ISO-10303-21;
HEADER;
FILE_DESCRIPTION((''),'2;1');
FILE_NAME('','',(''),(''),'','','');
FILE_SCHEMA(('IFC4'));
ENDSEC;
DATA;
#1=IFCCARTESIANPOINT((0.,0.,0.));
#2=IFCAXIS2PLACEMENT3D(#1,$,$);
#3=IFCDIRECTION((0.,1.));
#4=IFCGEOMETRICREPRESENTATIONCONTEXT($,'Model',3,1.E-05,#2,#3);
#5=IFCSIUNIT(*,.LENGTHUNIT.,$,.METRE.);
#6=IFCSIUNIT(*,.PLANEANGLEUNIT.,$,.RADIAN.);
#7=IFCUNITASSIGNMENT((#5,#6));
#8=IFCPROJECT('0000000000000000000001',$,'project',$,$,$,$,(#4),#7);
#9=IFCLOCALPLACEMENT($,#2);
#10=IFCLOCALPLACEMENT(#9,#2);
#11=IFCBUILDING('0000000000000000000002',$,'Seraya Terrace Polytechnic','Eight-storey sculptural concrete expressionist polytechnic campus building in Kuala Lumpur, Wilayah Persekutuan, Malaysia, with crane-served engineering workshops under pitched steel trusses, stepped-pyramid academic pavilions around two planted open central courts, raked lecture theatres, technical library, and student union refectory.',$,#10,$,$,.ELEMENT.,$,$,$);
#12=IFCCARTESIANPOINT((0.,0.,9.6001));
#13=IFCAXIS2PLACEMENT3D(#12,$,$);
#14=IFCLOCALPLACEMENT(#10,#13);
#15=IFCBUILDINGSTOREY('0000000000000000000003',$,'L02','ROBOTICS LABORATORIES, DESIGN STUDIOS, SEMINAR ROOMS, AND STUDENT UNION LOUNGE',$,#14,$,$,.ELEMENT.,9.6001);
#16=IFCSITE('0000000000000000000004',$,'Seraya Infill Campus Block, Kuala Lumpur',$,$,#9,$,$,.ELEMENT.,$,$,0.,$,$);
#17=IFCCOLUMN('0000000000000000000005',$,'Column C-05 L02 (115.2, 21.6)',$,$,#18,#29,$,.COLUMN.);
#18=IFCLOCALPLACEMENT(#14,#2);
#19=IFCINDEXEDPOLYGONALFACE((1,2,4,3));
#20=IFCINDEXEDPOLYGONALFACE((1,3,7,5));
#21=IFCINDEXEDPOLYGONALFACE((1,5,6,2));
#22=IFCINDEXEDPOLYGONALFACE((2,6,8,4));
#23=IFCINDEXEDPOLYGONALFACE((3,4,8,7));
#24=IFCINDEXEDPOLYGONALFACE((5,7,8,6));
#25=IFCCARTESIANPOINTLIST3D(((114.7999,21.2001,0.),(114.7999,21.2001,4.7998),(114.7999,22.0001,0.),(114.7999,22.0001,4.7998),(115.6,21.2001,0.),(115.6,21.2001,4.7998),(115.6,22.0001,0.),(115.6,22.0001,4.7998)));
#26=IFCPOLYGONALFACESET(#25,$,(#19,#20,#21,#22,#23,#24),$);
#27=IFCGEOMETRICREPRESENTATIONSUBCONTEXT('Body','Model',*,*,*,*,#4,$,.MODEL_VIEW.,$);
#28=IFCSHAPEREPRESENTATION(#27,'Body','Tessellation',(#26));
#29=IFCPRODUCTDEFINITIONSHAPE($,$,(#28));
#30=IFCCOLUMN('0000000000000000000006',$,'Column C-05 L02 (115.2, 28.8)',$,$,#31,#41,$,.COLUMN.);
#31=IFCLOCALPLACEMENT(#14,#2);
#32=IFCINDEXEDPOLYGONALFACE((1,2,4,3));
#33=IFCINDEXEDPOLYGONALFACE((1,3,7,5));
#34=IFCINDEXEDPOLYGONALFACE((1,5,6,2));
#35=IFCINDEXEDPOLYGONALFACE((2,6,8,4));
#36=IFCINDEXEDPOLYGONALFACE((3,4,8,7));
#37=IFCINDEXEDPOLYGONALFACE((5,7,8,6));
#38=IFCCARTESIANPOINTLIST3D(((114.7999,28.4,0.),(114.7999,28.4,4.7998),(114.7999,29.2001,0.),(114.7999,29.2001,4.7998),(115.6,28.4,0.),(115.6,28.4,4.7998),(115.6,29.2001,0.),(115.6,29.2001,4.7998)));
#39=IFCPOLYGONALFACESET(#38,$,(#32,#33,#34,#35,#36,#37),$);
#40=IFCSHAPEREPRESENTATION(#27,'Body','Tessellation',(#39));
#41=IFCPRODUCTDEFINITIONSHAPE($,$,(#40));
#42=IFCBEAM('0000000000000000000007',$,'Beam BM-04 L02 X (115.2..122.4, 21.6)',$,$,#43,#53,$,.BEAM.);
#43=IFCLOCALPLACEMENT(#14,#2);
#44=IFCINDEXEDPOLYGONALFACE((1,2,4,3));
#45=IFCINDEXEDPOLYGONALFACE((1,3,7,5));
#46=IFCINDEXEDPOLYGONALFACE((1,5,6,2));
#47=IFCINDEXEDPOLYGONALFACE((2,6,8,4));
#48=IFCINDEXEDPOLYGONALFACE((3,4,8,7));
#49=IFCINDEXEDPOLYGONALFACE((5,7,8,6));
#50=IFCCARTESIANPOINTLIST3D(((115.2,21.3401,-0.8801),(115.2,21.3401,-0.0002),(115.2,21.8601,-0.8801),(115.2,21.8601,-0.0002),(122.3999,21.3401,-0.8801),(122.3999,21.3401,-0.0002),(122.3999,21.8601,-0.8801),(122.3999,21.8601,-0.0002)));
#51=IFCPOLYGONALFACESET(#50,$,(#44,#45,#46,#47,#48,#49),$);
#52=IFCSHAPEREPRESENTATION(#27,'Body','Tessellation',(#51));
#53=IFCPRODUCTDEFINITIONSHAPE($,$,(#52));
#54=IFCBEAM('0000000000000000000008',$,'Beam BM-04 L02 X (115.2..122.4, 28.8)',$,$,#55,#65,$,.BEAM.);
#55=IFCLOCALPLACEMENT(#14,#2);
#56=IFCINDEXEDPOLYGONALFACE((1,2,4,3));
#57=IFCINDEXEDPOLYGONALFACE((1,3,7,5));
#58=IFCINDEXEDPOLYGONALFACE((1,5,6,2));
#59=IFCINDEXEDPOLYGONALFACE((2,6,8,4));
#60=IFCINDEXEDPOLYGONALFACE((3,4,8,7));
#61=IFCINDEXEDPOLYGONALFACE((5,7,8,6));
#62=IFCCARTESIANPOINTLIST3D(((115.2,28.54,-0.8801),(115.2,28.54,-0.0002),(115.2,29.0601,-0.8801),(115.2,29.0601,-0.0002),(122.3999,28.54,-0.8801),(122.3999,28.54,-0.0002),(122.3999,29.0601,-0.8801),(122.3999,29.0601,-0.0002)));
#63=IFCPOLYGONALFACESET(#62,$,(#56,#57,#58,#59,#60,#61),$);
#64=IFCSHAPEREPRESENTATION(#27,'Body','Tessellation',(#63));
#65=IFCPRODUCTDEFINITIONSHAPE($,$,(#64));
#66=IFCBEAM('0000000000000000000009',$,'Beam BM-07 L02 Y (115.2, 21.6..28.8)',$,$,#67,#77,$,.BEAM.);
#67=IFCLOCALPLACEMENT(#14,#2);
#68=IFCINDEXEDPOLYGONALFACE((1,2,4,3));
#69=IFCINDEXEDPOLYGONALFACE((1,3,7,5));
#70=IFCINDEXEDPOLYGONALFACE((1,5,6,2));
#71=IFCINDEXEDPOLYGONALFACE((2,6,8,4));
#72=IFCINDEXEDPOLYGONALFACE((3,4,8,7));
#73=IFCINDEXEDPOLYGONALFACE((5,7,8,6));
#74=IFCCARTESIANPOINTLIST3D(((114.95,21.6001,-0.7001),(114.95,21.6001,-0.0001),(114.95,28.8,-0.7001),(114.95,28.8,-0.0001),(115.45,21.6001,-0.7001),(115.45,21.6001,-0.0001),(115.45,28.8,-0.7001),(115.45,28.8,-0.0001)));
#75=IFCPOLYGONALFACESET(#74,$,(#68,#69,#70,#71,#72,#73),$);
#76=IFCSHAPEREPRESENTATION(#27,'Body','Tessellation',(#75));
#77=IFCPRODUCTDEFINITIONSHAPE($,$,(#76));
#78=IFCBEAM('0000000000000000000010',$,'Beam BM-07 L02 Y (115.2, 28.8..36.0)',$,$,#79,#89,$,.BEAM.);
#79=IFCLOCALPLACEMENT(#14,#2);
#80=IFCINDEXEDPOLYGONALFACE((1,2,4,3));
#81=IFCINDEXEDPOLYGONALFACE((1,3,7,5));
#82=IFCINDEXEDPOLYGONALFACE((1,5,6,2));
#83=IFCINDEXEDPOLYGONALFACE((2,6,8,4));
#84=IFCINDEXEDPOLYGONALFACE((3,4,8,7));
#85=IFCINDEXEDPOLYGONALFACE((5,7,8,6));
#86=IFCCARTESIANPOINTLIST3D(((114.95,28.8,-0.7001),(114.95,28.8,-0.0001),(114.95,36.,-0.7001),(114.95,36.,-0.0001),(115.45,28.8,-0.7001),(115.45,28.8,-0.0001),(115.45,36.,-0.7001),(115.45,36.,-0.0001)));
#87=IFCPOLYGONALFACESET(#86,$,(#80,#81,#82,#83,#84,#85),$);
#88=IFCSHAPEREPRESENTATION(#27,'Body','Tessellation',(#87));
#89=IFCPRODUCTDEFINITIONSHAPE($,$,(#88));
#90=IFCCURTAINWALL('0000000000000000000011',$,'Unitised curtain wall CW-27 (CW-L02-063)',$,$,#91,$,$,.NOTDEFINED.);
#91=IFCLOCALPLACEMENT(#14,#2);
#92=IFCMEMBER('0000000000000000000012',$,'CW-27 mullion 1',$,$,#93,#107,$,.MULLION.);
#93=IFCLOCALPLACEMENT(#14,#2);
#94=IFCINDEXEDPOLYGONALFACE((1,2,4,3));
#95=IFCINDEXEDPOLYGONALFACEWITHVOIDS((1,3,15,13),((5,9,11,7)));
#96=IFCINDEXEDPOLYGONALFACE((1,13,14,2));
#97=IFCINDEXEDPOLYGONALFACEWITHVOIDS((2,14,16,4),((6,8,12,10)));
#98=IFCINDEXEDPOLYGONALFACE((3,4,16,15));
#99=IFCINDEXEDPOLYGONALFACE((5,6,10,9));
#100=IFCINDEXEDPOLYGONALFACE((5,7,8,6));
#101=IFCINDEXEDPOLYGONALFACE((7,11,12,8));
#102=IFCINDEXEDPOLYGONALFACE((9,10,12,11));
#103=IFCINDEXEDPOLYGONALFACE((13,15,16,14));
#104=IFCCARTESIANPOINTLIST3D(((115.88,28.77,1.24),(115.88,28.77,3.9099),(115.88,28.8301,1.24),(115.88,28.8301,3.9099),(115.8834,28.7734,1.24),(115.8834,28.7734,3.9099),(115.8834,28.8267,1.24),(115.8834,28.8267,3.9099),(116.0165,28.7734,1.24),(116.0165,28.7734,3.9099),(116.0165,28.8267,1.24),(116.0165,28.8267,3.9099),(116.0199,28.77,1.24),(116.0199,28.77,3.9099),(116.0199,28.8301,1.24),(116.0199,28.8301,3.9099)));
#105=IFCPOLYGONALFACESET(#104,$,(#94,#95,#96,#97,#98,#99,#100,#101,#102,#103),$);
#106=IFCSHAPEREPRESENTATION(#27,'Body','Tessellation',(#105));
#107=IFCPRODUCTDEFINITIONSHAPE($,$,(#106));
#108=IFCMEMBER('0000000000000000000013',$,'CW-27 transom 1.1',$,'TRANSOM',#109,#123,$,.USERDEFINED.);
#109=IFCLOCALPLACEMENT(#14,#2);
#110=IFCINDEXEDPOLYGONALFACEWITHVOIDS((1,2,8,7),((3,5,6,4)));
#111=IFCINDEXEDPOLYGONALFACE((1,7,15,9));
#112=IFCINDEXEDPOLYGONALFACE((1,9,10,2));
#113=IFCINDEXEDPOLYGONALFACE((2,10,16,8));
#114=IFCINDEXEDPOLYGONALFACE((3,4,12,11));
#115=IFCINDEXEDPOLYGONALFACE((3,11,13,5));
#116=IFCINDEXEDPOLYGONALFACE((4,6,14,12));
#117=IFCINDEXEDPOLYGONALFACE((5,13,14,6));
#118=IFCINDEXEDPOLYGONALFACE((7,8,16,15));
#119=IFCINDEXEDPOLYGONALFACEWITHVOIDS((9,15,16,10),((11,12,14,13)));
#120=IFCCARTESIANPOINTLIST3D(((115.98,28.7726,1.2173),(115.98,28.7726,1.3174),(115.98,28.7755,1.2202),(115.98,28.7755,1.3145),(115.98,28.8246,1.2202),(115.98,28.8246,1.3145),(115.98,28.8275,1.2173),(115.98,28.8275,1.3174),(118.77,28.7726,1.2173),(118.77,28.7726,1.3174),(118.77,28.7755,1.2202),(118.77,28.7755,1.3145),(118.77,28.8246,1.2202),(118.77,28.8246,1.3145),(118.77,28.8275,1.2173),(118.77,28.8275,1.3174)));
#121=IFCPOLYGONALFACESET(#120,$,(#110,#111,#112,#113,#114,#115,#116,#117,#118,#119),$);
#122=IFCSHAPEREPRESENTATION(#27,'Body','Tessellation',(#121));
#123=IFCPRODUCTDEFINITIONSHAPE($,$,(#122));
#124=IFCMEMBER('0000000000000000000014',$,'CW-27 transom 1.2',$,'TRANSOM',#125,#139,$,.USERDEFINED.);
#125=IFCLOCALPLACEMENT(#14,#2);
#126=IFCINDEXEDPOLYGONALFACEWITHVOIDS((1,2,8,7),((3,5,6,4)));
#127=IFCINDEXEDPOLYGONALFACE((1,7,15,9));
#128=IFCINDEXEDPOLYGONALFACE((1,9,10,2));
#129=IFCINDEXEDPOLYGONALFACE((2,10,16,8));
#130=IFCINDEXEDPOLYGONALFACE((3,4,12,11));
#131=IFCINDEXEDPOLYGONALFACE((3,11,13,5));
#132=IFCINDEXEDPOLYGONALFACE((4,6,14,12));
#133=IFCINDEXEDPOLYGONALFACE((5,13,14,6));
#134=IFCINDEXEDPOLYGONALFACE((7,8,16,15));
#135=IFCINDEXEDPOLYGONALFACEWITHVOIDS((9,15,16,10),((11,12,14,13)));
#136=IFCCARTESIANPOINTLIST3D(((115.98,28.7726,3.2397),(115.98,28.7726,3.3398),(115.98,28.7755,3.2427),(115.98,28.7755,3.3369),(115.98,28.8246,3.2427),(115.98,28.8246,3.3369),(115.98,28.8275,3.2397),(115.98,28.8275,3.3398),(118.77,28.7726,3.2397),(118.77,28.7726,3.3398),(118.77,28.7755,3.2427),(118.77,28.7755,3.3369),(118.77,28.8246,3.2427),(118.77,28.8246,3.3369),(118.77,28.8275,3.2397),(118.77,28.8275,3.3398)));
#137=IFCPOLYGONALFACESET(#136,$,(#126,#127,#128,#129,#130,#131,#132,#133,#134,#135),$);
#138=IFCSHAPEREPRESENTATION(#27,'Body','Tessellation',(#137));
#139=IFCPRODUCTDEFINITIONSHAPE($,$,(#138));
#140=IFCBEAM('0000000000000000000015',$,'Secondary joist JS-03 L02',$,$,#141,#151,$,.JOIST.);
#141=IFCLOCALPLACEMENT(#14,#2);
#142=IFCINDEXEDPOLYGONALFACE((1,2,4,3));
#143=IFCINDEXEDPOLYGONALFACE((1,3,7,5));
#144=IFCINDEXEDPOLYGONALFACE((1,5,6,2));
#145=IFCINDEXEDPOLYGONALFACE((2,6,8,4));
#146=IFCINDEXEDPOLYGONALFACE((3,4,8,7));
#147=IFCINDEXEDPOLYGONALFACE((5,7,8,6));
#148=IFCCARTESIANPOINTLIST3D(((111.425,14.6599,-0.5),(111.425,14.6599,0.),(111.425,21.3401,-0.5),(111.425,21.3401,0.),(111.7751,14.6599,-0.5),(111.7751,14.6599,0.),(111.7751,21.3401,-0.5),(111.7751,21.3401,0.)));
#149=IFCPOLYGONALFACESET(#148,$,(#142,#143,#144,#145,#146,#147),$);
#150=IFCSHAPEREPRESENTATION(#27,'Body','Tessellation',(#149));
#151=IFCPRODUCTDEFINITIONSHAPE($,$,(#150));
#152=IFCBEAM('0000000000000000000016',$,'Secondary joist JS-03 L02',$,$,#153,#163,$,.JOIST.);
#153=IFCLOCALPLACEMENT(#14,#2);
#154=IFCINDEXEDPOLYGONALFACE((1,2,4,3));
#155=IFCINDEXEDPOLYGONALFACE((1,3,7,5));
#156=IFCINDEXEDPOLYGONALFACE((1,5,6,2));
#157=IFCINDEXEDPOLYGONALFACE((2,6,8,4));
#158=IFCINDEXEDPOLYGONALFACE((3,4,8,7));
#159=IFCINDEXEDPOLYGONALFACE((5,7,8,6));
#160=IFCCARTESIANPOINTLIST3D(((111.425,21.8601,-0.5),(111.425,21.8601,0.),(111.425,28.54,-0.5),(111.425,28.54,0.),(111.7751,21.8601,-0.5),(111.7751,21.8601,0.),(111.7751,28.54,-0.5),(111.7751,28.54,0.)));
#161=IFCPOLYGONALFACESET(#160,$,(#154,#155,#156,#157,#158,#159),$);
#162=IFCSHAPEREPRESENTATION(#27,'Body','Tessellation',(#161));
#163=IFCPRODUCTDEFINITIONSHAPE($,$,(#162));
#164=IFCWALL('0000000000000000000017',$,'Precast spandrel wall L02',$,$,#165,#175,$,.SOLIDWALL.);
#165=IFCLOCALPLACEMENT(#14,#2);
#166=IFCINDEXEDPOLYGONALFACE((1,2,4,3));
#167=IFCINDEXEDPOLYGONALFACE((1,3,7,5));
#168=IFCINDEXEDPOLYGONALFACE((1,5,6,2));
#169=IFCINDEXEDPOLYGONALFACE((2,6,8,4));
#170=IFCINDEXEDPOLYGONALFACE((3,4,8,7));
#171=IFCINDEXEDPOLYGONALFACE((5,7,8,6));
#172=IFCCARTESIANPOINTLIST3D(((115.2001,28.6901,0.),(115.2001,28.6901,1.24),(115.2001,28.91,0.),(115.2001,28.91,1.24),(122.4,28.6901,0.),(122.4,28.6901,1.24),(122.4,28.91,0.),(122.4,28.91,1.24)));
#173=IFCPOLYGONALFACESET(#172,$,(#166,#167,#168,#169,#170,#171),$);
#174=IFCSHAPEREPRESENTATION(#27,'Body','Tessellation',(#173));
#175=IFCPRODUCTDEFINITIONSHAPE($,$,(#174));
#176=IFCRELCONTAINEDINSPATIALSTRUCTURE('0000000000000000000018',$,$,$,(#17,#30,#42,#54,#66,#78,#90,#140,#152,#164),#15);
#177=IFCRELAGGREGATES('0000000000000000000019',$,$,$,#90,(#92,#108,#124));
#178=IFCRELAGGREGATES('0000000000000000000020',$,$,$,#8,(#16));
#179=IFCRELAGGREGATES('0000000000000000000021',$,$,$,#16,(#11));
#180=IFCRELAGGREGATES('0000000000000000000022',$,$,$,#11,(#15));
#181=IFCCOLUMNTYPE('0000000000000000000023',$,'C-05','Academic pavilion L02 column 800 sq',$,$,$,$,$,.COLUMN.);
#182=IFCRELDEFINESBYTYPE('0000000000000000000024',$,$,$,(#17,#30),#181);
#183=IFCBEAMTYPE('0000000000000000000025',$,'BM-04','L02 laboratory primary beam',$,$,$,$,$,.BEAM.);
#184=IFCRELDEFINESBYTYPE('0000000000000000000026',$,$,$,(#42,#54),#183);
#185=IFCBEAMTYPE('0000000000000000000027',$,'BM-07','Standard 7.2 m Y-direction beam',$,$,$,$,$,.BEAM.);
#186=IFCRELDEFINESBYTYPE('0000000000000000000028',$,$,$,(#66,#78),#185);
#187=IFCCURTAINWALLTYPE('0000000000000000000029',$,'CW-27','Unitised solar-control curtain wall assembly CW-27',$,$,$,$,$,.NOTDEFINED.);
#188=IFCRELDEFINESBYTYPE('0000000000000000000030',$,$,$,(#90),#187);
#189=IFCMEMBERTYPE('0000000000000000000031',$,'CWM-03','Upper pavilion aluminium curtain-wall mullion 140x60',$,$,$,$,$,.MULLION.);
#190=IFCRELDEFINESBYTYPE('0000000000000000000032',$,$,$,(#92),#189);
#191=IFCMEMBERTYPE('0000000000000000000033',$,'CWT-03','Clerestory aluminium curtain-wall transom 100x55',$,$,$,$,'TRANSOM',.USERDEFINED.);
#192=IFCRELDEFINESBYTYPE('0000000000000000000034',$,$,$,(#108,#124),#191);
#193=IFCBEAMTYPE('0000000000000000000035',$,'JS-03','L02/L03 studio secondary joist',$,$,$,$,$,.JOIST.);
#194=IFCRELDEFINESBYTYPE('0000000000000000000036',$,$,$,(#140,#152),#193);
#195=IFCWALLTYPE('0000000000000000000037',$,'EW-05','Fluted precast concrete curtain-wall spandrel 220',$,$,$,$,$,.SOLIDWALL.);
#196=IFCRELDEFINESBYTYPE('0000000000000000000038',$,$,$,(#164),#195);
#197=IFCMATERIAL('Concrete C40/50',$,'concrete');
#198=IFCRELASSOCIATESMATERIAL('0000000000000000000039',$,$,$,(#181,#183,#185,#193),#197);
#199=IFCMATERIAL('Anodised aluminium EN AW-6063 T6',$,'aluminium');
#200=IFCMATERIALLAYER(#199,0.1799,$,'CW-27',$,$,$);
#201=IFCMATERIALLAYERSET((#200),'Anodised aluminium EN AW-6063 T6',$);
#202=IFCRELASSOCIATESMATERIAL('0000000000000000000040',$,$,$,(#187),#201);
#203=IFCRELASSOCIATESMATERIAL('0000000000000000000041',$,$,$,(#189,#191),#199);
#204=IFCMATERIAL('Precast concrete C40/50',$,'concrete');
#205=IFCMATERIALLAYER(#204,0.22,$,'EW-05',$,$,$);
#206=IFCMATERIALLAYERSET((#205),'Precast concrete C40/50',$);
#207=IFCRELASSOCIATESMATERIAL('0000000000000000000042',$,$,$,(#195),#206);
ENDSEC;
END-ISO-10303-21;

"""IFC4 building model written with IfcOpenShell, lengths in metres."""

from ifc_helpers import new_model, si_unit, direction, frame, frame_2d, origin, origin_2d, place, context, subcontext, project, spatial, rectangle, hollow_rectangle, extrude, material, layer, layer_set, material_profile, profile_set, type_object, element, aggregate, save


model = new_model("IFC4")

# Units and contexts
model_context = context("Model", 3, precision=1e-05, world=origin(), true_north=direction((0.0, 1.0)))
body_context = subcontext(model_context, "Body", "Model", "MODEL_VIEW")
ifc_project = project(units=[si_unit("LENGTHUNIT", "METRE"), si_unit("PLANEANGLEUNIT", "RADIAN")], contexts=[model_context])

# Site, building, storey
site_placement = place(None, origin())
site = spatial("IfcSite", under=ifc_project, at=site_placement, Name="Seraya Infill Campus Block, Kuala Lumpur", CompositionType="ELEMENT", RefElevation=0.0)
building_placement = place(site_placement, origin())
building = spatial("IfcBuilding", under=site, at=building_placement, Name="Seraya Terrace Polytechnic", Description="Eight-storey sculptural concrete expressionist polytechnic campus building in Kuala Lumpur, Wilayah Persekutuan, Malaysia, with crane-served engineering workshops under pitched steel trusses, stepped-pyramid academic pavilions around two planted open central courts, raked lecture theatres, technical library, and student union refectory.", CompositionType="ELEMENT")
storey_placement = place(building_placement, frame((0.0, 0.0, 9.6001)))
storey = spatial("IfcBuildingStorey", under=building, at=storey_placement, Name="L02", Description="ROBOTICS LABORATORIES, DESIGN STUDIOS, SEMINAR ROOMS, AND STUDENT UNION LOUNGE", CompositionType="ELEMENT", Elevation=9.6001)

# Columns
ifc_material_1 = material(Name="Concrete C40/50", Category="concrete")
ifc_material_profile_1 = material_profile(ifc_material_1, rectangle(XDim=0.8, YDim=0.8, at=origin_2d()), Name="RC 800x800")
ifc_profile_set_1 = profile_set([ifc_material_profile_1], Name="Concrete C40/50")
column_type = type_object("IfcColumnType", Name="C-05", Description="Academic pavilion L02 column 800 sq", PredefinedType="COLUMN", material=ifc_profile_set_1)
for number, where, z_axis, x_axis, name in (
    (1, (115.2, 21.6001, 0.0), (0.0, 0.0, 1.0), (1.0, 0.0, 0.0), "Column C-05 L02 (115.2, 21.6)"),
    (2, (115.2, 28.8, 0.0), (0.0, 0.0, 1.0), (1.0, 0.0, 0.0), "Column C-05 L02 (115.2, 28.8)"),
):
    element("IfcColumn", number, at=place(storey_placement, frame(where, z_axis=z_axis, x_axis=x_axis)), inside=storey, type_object=column_type, Name=name, PredefinedType="COLUMN", context=body_context, shape_type="SweptSolid", body=[
        extrude(rectangle(XDim=0.8, YDim=0.8, at=origin_2d()), origin(), (0.0, 0.0, 1.0), 4.7998),
    ])

# Beams
ifc_material_profile_2 = material_profile(ifc_material_1, rectangle(XDim=0.52, YDim=0.8799, at=origin_2d()), Name="RC 520x880")
ifc_profile_set_2 = profile_set([ifc_material_profile_2], Name="Concrete C40/50")
beam_type_1 = type_object("IfcBeamType", Name="BM-04", Description="L02 laboratory primary beam", PredefinedType="BEAM", material=ifc_profile_set_2)
for number, where, z_axis, x_axis, name in (
    (3, (115.2, 21.6001, -0.4402), (1.0, 0.0, 0.0), (0.0, 1.0, 0.0), "Beam BM-04 L02 X (115.2..122.4, 21.6)"),
    (4, (115.2, 28.8, -0.4402), (1.0, 0.0, 0.0), (0.0, 1.0, 0.0), "Beam BM-04 L02 X (115.2..122.4, 28.8)"),
):
    element("IfcBeam", number, at=place(storey_placement, frame(where, z_axis=z_axis, x_axis=x_axis)), inside=storey, type_object=beam_type_1, Name=name, PredefinedType="BEAM", context=body_context, shape_type="SweptSolid", body=[
        extrude(rectangle(XDim=0.52, YDim=0.8799, at=origin_2d()), origin(), (0.0, 0.0, 1.0), 7.2),
    ])
ifc_material_profile_3 = material_profile(ifc_material_1, rectangle(XDim=0.5, YDim=0.7, at=origin_2d()), Name="RC 500x700")
ifc_profile_set_3 = profile_set([ifc_material_profile_3], Name="Concrete C40/50")
beam_type_2 = type_object("IfcBeamType", Name="BM-07", Description="Standard 7.2 m Y-direction beam", PredefinedType="BEAM", material=ifc_profile_set_3)
for number, where, z_axis, x_axis, name in (
    (5, (115.2, 21.6001, -0.3501), (0.0, 1.0, 0.0), (-1.0, 0.0, 0.0), "Beam BM-07 L02 Y (115.2, 21.6..28.8)"),
    (6, (115.2, 28.8, -0.3501), (0.0, 1.0, 0.0), (-1.0, 0.0, 0.0), "Beam BM-07 L02 Y (115.2, 28.8..36.0)"),
):
    element("IfcBeam", number, at=place(storey_placement, frame(where, z_axis=z_axis, x_axis=x_axis)), inside=storey, type_object=beam_type_2, Name=name, PredefinedType="BEAM", context=body_context, shape_type="SweptSolid", body=[
        extrude(rectangle(XDim=0.5, YDim=0.7, at=origin_2d()), origin(), (0.0, 0.0, 1.0), 7.2),
    ])

# Curtain wall, members
ifc_material_2 = material(Name="Anodised aluminium EN AW-6063 T6", Category="aluminium")
ifc_layer_1 = layer(ifc_material_2, 0.1799, Name="CW-27")
ifc_layer_set_1 = layer_set([ifc_layer_1], Name="Anodised aluminium EN AW-6063 T6")
curtain_wall_type = type_object("IfcCurtainWallType", Name="CW-27", Description="Unitised solar-control curtain wall assembly CW-27", PredefinedType="NOTDEFINED", material=ifc_layer_set_1)
curtain_wall_placement = place(storey_placement, origin())
curtain_wall = element("IfcCurtainWall", 7, at=curtain_wall_placement, inside=storey, type_object=curtain_wall_type, Name="Unitised curtain wall CW-27 (CW-L02-063)", PredefinedType="NOTDEFINED")
ifc_material_profile_4 = material_profile(ifc_material_2, hollow_rectangle(XDim=0.0601, YDim=0.1399, WallThickness=0.0034, at=origin_2d()), Name="RHS 140x60x3.5")
ifc_profile_set_4 = profile_set([ifc_material_profile_4], Name="Anodised aluminium EN AW-6063 T6")
member_type_1 = type_object("IfcMemberType", Name="CWM-03", Description="Upper pavilion aluminium curtain-wall mullion 140x60", PredefinedType="MULLION", material=ifc_profile_set_4)
member_1_placement = place(storey_placement, frame((115.95, 28.8, 1.24), z_axis=(0.0, 0.0, 1.0), x_axis=(0.0, 1.0, 0.0)))
member_1 = element("IfcMember", 8, at=member_1_placement, type_object=member_type_1, Name="CW-27 mullion 1", PredefinedType="MULLION", context=body_context, shape_type="SweptSolid", body=[
    extrude(hollow_rectangle(XDim=0.0601, YDim=0.1399, WallThickness=0.0034, at=origin_2d()), origin(), (0.0, 0.0, 1.0), 2.6699),
])
ifc_material_profile_5 = material_profile(ifc_material_2, hollow_rectangle(XDim=0.0549, YDim=0.1001, WallThickness=0.0029, at=origin_2d()), Name="RHS 100x55x3.0")
ifc_profile_set_5 = profile_set([ifc_material_profile_5], Name="Anodised aluminium EN AW-6063 T6")
member_type_2 = type_object("IfcMemberType", Name="CWT-03", Description="Clerestory aluminium curtain-wall transom 100x55", ElementType="TRANSOM", PredefinedType="USERDEFINED", material=ifc_profile_set_5)
member_2_placement = place(storey_placement, frame((115.98, 28.8, 1.2673), z_axis=(1.0, 0.0, 0.0), x_axis=(0.0, 1.0, 0.0)))
member_2 = element("IfcMember", 9, at=member_2_placement, type_object=member_type_2, Name="CW-27 transom 1.1", ObjectType="TRANSOM", PredefinedType="USERDEFINED", context=body_context, shape_type="SweptSolid", body=[
    extrude(hollow_rectangle(XDim=0.0549, YDim=0.1001, WallThickness=0.0029, at=origin_2d()), origin(), (0.0, 0.0, 1.0), 2.79),
])
member_3_placement = place(storey_placement, frame((115.98, 28.8, 3.2898), z_axis=(1.0, 0.0, 0.0), x_axis=(0.0, 1.0, 0.0)))
member_3 = element("IfcMember", 10, at=member_3_placement, type_object=member_type_2, Name="CW-27 transom 1.2", ObjectType="TRANSOM", PredefinedType="USERDEFINED", context=body_context, shape_type="SweptSolid", body=[
    extrude(hollow_rectangle(XDim=0.0549, YDim=0.1001, WallThickness=0.0029, at=origin_2d()), origin(), (0.0, 0.0, 1.0), 2.79),
])
aggregate(curtain_wall, [member_1, member_2, member_3])

# Beams
ifc_material_profile_6 = material_profile(ifc_material_1, rectangle(XDim=0.3501, YDim=0.5, at=origin_2d()), Name="RC 350x500")
ifc_profile_set_6 = profile_set([ifc_material_profile_6], Name="Concrete C40/50")
beam_type_3 = type_object("IfcBeamType", Name="JS-03", Description="L02/L03 studio secondary joist", PredefinedType="JOIST", material=ifc_profile_set_6)
beam_1_placement = place(storey_placement, frame((111.6001, 14.6599, -0.25), z_axis=(0.0, 1.0, 0.0), x_axis=(-1.0, 0.0, 0.0)))
element("IfcBeam", 11, at=beam_1_placement, inside=storey, type_object=beam_type_3, Name="Secondary joist JS-03 L02", PredefinedType="JOIST", context=body_context, shape_type="SweptSolid", body=[
    extrude(rectangle(XDim=0.3501, YDim=0.5, at=origin_2d()), origin(), (0.0, 0.0, 1.0), 6.6802),
])
beam_2_placement = place(storey_placement, frame((111.6001, 21.8601, -0.25), z_axis=(0.0, 1.0, 0.0), x_axis=(-1.0, 0.0, 0.0)))
element("IfcBeam", 12, at=beam_2_placement, inside=storey, type_object=beam_type_3, Name="Secondary joist JS-03 L02", PredefinedType="JOIST", context=body_context, shape_type="SweptSolid", body=[
    extrude(rectangle(XDim=0.3501, YDim=0.5, at=origin_2d()), origin(), (0.0, 0.0, 1.0), 6.6799),
])

# Wall
ifc_material_3 = material(Name="Precast concrete C40/50", Category="concrete")
ifc_layer_2 = layer(ifc_material_3, 0.22, Name="EW-05")
ifc_layer_set_2 = layer_set([ifc_layer_2], Name="Precast concrete C40/50")
wall_type_1 = type_object("IfcWallType", Name="EW-05", Description="Fluted precast concrete curtain-wall spandrel 220", PredefinedType="SOLIDWALL", material=ifc_layer_set_2)
wall_1_placement = place(storey_placement, frame((115.2, 28.8, 0.0), z_axis=(0.0, 0.0, 1.0), x_axis=(1.0, 0.0, 0.0)))
element("IfcWall", 13, at=wall_1_placement, inside=storey, type_object=wall_type_1, Name="Precast spandrel wall L02", PredefinedType="SOLIDWALL", context=body_context, shape_type="SweptSolid", body=[
    extrude(rectangle(XDim=7.2, YDim=0.22, at=frame_2d((3.6001, 0.0))), origin(), (0.0, 0.0, 1.0), 1.24),
])

save(model, "model.ifc")
